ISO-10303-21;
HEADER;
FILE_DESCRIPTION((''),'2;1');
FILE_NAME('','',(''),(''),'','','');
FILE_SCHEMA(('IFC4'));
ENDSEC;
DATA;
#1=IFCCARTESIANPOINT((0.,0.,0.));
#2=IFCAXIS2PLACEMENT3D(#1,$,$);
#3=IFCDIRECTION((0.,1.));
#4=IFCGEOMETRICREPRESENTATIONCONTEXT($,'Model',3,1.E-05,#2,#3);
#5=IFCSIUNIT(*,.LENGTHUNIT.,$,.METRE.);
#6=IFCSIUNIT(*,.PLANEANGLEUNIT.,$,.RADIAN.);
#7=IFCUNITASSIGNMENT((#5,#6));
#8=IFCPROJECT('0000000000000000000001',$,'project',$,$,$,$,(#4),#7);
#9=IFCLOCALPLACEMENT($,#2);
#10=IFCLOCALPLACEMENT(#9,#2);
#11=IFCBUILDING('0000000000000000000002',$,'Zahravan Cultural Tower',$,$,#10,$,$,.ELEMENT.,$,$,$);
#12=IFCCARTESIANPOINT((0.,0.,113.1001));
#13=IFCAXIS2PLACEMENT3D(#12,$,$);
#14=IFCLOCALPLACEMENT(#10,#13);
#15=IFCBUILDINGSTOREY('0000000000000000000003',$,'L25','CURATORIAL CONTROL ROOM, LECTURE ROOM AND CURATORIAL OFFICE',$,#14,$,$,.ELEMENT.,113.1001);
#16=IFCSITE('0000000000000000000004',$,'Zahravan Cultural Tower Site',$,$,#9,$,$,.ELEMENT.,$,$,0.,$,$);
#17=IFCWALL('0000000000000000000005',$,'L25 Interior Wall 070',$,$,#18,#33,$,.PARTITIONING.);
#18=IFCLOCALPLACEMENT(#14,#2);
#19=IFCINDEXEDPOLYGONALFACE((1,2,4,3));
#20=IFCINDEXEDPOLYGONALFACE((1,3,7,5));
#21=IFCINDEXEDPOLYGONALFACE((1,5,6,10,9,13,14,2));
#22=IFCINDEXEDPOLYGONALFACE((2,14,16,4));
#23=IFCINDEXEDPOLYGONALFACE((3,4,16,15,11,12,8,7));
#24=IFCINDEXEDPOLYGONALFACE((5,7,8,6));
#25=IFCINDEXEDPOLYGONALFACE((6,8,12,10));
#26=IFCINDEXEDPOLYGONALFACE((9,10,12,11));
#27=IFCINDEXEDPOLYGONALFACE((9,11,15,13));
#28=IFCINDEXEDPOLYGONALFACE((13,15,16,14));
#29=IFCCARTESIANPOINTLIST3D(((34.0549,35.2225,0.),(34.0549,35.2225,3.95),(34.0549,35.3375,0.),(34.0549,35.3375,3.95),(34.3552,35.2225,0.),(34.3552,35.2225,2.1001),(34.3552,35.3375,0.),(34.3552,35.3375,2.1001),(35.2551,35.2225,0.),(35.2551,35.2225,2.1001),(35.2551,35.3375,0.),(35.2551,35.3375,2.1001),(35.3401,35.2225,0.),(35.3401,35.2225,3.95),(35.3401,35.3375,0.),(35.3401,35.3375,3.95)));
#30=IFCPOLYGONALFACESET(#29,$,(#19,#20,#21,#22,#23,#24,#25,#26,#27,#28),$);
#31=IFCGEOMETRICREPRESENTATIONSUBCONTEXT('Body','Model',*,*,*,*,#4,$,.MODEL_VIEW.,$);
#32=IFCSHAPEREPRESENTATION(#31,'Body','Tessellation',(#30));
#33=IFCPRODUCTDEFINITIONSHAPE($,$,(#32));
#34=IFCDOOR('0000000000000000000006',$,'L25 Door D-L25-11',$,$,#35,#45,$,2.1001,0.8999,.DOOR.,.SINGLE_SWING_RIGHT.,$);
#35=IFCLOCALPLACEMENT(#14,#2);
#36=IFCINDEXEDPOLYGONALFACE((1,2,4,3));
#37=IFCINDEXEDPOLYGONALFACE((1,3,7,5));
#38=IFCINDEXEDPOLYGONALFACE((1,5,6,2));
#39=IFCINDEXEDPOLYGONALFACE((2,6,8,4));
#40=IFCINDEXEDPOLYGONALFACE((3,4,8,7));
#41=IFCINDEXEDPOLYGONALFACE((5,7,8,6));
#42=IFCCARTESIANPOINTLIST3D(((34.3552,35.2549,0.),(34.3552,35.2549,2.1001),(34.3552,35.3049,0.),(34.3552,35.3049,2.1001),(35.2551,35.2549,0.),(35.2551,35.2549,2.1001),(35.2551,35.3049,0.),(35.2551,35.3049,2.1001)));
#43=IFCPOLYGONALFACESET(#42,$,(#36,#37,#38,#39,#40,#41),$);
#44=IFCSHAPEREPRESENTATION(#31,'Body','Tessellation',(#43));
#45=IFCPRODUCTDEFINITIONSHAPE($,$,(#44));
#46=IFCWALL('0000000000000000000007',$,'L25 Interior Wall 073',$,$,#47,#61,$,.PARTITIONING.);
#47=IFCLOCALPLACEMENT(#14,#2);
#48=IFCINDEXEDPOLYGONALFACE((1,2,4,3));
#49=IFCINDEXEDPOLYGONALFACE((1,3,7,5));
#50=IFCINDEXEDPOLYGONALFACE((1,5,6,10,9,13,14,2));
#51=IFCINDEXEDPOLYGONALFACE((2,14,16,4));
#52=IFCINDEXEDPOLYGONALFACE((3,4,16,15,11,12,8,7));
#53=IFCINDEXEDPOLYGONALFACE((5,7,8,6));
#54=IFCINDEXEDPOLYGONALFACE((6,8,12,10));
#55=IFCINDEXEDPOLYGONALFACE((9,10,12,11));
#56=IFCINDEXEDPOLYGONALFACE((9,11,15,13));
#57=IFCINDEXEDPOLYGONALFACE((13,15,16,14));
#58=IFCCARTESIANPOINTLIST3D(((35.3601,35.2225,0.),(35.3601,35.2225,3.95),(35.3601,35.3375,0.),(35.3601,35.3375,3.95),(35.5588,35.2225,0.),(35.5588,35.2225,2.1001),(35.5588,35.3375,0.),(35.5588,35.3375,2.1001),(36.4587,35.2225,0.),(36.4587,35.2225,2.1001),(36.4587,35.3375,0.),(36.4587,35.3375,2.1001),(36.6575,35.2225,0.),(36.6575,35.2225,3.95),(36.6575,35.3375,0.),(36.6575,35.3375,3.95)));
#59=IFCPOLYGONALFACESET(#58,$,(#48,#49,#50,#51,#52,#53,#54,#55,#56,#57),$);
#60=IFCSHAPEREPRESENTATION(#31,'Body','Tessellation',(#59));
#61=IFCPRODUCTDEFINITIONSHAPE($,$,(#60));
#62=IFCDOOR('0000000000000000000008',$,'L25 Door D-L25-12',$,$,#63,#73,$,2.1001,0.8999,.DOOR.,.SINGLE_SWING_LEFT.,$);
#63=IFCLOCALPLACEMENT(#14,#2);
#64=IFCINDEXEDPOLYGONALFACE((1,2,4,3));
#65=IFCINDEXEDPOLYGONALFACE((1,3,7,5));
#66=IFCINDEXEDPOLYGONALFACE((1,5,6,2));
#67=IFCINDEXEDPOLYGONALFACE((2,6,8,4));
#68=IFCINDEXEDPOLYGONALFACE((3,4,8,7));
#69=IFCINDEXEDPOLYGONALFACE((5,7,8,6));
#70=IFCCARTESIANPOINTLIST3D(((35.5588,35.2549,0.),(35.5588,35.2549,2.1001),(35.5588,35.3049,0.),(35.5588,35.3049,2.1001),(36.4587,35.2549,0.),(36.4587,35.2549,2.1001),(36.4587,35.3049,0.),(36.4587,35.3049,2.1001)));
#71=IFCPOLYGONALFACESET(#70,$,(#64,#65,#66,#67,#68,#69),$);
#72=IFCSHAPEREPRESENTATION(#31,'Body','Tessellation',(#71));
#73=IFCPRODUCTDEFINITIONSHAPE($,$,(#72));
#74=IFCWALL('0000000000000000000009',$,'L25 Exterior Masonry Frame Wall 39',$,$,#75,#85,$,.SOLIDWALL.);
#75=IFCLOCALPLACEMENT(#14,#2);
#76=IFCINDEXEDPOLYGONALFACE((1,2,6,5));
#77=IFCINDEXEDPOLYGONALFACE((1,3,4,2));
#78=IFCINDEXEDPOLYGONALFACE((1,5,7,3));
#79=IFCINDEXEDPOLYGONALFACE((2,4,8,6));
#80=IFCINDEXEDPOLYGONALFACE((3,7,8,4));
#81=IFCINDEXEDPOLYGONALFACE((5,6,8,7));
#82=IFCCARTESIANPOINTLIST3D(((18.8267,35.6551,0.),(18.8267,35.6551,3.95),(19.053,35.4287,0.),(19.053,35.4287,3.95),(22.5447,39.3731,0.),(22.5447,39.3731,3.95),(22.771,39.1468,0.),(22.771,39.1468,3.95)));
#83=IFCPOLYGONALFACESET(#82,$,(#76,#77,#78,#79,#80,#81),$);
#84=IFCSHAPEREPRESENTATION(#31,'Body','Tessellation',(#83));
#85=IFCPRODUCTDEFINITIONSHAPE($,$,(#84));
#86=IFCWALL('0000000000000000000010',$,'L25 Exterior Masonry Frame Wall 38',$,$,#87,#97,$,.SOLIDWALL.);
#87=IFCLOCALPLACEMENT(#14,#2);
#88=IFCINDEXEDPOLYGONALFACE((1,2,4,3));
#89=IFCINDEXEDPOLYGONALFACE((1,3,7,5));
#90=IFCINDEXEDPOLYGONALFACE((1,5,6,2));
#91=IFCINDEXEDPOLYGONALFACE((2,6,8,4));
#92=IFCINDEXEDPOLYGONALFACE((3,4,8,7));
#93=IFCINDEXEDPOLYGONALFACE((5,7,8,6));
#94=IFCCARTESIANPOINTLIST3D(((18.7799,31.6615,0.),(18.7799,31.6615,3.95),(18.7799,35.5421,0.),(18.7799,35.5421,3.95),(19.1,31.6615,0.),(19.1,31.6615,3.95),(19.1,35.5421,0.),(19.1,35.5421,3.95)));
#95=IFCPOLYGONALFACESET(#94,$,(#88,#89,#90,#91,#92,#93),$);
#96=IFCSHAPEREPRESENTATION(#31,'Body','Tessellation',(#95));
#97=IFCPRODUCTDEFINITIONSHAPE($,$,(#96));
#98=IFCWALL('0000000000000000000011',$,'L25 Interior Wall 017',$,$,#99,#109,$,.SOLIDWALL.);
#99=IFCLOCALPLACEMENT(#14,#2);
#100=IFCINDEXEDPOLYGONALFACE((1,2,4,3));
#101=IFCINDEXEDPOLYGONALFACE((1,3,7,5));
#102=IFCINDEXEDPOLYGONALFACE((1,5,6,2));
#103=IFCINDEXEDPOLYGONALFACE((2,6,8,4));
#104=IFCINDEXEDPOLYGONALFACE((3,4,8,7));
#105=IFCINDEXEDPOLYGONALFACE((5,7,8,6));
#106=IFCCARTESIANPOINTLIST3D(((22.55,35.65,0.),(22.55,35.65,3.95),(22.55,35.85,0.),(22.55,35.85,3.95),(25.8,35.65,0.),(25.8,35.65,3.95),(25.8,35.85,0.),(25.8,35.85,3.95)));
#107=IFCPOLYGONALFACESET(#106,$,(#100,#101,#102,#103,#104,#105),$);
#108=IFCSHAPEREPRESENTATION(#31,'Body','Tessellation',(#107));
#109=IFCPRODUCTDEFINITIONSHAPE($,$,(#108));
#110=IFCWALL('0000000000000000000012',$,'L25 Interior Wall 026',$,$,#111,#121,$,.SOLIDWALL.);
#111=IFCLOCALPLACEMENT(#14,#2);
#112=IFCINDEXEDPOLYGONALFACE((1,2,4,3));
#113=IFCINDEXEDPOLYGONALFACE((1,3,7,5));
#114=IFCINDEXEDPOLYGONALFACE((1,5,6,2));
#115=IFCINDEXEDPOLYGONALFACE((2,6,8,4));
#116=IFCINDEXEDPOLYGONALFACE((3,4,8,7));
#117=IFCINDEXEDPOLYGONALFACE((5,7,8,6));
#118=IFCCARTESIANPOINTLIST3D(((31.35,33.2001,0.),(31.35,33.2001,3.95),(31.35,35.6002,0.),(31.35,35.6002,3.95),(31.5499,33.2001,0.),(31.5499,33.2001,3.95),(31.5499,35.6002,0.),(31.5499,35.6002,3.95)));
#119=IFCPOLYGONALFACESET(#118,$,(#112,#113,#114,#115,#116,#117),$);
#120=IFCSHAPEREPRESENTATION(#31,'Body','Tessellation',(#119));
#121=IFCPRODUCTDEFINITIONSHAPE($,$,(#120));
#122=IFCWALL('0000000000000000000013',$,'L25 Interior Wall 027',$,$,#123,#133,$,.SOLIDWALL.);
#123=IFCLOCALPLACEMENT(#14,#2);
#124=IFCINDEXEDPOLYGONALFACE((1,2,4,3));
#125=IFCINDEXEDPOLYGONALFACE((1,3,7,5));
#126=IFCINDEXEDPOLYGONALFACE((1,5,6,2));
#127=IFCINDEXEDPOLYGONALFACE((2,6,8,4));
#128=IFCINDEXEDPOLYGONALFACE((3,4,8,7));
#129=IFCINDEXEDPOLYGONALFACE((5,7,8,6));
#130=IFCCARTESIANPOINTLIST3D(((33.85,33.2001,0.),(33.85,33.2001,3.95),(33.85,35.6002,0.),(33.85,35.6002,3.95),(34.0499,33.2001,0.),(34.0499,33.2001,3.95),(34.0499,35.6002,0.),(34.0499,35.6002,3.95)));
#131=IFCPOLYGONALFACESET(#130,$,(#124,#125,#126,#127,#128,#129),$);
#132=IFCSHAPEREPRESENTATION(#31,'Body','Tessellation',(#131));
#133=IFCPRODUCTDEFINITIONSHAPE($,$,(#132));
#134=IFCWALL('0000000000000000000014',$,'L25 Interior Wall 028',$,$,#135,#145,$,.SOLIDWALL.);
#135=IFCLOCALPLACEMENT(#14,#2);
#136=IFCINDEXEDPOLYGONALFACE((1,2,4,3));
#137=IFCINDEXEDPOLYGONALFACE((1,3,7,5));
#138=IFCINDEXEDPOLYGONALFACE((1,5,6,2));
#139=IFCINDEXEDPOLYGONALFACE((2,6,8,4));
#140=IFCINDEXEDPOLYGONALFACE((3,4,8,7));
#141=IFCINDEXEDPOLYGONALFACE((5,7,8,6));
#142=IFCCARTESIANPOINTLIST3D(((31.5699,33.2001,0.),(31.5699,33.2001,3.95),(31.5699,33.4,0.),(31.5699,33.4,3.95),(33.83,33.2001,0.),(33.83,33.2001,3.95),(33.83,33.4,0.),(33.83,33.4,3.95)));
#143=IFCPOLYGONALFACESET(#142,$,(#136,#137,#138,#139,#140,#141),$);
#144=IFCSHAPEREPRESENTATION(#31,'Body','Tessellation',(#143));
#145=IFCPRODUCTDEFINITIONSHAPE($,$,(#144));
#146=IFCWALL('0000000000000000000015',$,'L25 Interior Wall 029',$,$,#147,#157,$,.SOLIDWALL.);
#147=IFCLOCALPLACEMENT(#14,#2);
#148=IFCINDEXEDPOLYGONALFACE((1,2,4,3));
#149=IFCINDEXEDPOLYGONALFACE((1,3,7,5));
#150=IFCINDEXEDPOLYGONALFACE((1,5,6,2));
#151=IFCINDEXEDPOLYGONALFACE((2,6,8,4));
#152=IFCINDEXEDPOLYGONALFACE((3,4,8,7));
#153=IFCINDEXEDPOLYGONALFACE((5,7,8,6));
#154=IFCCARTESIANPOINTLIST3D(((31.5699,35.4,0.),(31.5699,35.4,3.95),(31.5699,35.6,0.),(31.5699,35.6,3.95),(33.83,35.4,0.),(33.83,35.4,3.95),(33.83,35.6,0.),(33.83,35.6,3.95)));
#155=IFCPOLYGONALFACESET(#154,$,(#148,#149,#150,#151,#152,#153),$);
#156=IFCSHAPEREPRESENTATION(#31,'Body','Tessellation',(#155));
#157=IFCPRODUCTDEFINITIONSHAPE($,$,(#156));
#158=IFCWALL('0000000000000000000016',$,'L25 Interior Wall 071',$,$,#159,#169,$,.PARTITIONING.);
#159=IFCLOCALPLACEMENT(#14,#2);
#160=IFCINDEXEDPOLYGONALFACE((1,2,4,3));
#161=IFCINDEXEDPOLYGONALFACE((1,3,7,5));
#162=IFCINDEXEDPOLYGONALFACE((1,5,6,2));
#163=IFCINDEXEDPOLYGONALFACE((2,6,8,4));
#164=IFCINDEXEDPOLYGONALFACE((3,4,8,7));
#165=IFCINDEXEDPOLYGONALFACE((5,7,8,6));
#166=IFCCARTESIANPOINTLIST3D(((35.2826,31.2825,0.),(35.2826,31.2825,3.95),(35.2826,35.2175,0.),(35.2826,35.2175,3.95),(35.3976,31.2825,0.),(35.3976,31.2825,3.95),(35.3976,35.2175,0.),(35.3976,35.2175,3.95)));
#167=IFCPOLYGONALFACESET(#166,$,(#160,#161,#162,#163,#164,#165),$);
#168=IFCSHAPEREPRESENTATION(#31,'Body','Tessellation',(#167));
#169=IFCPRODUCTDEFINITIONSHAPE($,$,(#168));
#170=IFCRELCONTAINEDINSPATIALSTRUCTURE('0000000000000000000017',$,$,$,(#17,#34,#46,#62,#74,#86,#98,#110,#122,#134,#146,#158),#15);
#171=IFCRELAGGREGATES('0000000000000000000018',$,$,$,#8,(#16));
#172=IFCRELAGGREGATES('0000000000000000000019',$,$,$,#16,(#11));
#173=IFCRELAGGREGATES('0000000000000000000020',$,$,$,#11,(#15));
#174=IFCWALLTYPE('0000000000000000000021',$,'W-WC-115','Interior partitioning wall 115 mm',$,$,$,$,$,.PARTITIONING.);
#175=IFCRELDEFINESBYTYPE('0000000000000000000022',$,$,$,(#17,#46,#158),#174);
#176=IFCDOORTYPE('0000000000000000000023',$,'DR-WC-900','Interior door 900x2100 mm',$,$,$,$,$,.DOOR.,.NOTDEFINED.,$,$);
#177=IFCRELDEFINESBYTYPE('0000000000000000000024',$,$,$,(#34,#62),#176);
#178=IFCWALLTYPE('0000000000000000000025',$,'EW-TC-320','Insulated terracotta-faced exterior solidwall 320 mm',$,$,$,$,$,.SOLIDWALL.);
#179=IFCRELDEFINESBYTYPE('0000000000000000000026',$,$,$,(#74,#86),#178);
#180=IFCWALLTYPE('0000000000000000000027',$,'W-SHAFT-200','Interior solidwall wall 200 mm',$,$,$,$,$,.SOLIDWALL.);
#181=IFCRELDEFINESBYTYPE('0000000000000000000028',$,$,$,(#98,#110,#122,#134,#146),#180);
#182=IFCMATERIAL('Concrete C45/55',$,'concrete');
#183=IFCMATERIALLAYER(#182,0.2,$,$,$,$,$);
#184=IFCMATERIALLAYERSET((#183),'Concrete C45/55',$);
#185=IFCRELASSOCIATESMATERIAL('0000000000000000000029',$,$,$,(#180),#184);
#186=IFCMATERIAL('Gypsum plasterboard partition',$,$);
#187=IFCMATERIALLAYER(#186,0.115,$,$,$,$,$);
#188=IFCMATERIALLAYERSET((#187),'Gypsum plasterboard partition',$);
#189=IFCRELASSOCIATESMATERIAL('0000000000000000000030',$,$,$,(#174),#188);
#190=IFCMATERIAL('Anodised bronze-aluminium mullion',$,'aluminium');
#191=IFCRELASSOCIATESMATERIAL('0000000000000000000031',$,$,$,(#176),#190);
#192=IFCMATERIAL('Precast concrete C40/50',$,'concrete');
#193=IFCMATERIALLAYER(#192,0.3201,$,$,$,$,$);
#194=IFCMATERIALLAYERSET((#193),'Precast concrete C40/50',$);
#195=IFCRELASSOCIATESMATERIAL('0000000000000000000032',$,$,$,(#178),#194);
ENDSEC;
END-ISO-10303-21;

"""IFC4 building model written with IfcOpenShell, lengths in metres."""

from ifc_helpers import new_model, si_unit, direction, frame, frame_2d, origin, place, context, subcontext, project, spatial, rectangle, extrude, source, transform, mapped, material, layer, layer_set, type_object, element, fill, save


model = new_model("IFC4")

# Units and contexts
model_context = context("Model", 3, precision=1e-05, world=origin(), true_north=direction((0.0, 1.0)))
body_context = subcontext(model_context, "Body", "Model", "MODEL_VIEW")
ifc_project = project(units=[si_unit("LENGTHUNIT", "METRE"), si_unit("PLANEANGLEUNIT", "RADIAN")], contexts=[model_context])

# Site, building, storey
site_placement = place(None, origin())
site = spatial("IfcSite", under=ifc_project, at=site_placement, Name="Zahravan Cultural Tower Site", CompositionType="ELEMENT", RefElevation=0.0)
building_placement = place(site_placement, origin())
building = spatial("IfcBuilding", under=site, at=building_placement, Name="Zahravan Cultural Tower", CompositionType="ELEMENT")
storey_placement = place(building_placement, frame((0.0, 0.0, 113.1001)))
storey = spatial("IfcBuildingStorey", under=building, at=storey_placement, Name="L25", Description="CURATORIAL CONTROL ROOM, LECTURE ROOM AND CURATORIAL OFFICE", CompositionType="ELEMENT", Elevation=113.1001)

# Walls, openings, doors
ifc_material_1 = material(Name="Gypsum plasterboard partition")
ifc_material_2 = material(Name="Anodised bronze-aluminium mullion", Category="aluminium")
ifc_material_3 = material(Name="Concrete C45/55", Category="concrete")
ifc_layer_1 = layer(ifc_material_3, 0.2)
ifc_layer_set_1 = layer_set([ifc_layer_1], Name="Concrete C45/55")
wall_type_1 = type_object("IfcWallType", Name="W-SHAFT-200", Description="Interior solidwall wall 200 mm", PredefinedType="SOLIDWALL", material=ifc_layer_set_1)
ifc_layer_2 = layer(ifc_material_1, 0.115)
ifc_layer_set_2 = layer_set([ifc_layer_2], Name="Gypsum plasterboard partition")
wall_type_2 = type_object("IfcWallType", Name="W-WC-115", Description="Interior partitioning wall 115 mm", PredefinedType="PARTITIONING", material=ifc_layer_set_2)
wall_1_placement = place(storey_placement, frame((34.0549, 35.28, 0.0), z_axis=(0.0, 0.0, 1.0), x_axis=(1.0, 0.0, 0.0)))
wall_1 = element("IfcWall", 1, at=wall_1_placement, inside=storey, type_object=wall_type_2, Name="L25 Interior Wall 070", PredefinedType="PARTITIONING", context=body_context, shape_type="SweptSolid", body=[
    extrude(rectangle(XDim=1.2852, YDim=0.115, at=frame_2d((0.6426, 0.0))), origin(), (0.0, 0.0, 1.0), 3.95),
])
opening_1_placement = place(wall_1_placement, frame((0.3003, 0.0, 0.0)))
opening_1 = element("IfcOpeningElement", 2, at=opening_1_placement, cuts=wall_1, PredefinedType="OPENING", context=body_context, shape_type="SweptSolid", body=[
    extrude(rectangle(XDim=0.8999, YDim=2.1001, at=frame_2d((0.45, 1.05))), frame((0.0, 0.0674, 0.0), z_axis=(0.0, -1.0, 0.0), x_axis=(1.0, 0.0, 0.0)), (0.0, 0.0, 1.0), 0.135),
])
door_type_1 = type_object("IfcDoorType", Name="DR-WC-900", Description="Interior door 900x2100 mm", OperationType="NOTDEFINED", PredefinedType="DOOR", material=ifc_material_2)
shared_shape_1 = source(origin(), body_context, "Body", "SweptSolid", [
    extrude(rectangle(XDim=0.8999, YDim=2.1001, at=frame_2d((0.45, 1.05))), frame((0.0, 0.0249, 0.0), z_axis=(0.0, -1.0, 0.0), x_axis=(1.0, 0.0, 0.0)), (0.0, 0.0, 1.0), 0.05),
])
door_1_placement = place(opening_1_placement, origin())
door_1 = element("IfcDoor", 3, at=door_1_placement, inside=storey, type_object=door_type_1, Name="L25 Door D-L25-11", OperationType="SINGLE_SWING_RIGHT", OverallHeight=2.1001, OverallWidth=0.8999, PredefinedType="DOOR", context=body_context, shape_type="MappedRepresentation", body=[
    mapped(shared_shape_1, transform((0.0, 0.0, 0.0), x_axis=(1.0, 0.0, 0.0), y_axis=(0.0, 1.0, 0.0), z_axis=(0.0, 0.0, 1.0), scale=1.0)),
])
fill(opening_1, door_1)
wall_2_placement = place(storey_placement, frame((35.3601, 35.28, 0.0), z_axis=(0.0, 0.0, 1.0), x_axis=(1.0, 0.0, 0.0)))
wall_2 = element("IfcWall", 4, at=wall_2_placement, inside=storey, type_object=wall_type_2, Name="L25 Interior Wall 073", PredefinedType="PARTITIONING", context=body_context, shape_type="SweptSolid", body=[
    extrude(rectangle(XDim=1.2974, YDim=0.115, at=frame_2d((0.6487, 0.0))), origin(), (0.0, 0.0, 1.0), 3.95),
])
opening_2_placement = place(wall_2_placement, frame((0.1987, 0.0, 0.0)))
opening_2 = element("IfcOpeningElement", 5, at=opening_2_placement, cuts=wall_2, PredefinedType="OPENING", context=body_context, shape_type="SweptSolid", body=[
    extrude(rectangle(XDim=0.8999, YDim=2.1001, at=frame_2d((0.45, 1.05))), frame((0.0, 0.0674, 0.0), z_axis=(0.0, -1.0, 0.0), x_axis=(1.0, 0.0, 0.0)), (0.0, 0.0, 1.0), 0.135),
])
door_2_placement = place(opening_2_placement, origin())
door_2 = element("IfcDoor", 6, at=door_2_placement, inside=storey, type_object=door_type_1, Name="L25 Door D-L25-12", OperationType="SINGLE_SWING_LEFT", OverallHeight=2.1001, OverallWidth=0.8999, PredefinedType="DOOR", context=body_context, shape_type="MappedRepresentation", body=[
    mapped(shared_shape_1, transform((0.0, 0.0, 0.0), x_axis=(1.0, 0.0, 0.0), y_axis=(0.0, 1.0, 0.0), z_axis=(0.0, 0.0, 1.0), scale=1.0)),
])
fill(opening_2, door_2)

# Walls
ifc_material_4 = material(Name="Precast concrete C40/50", Category="concrete")
ifc_layer_3 = layer(ifc_material_4, 0.3201)
ifc_layer_set_3 = layer_set([ifc_layer_3], Name="Precast concrete C40/50")
wall_type_3 = type_object("IfcWallType", Name="EW-TC-320", Description="Insulated terracotta-faced exterior solidwall 320 mm", PredefinedType="SOLIDWALL", material=ifc_layer_set_3)
shared_shape_2 = source(origin(), body_context, "Body", "SweptSolid", [
    extrude(rectangle(XDim=5.2581, YDim=0.3201, at=frame_2d((2.6289, 0.0))), origin(), (0.0, 0.0, 1.0), 3.95),
])
wall_3_placement = place(storey_placement, frame((18.9399, 35.542, 0.0), z_axis=(0.0, 0.0, 1.0), x_axis=(0.707107, 0.707107, 0.0)))
element("IfcWall", 7, at=wall_3_placement, inside=storey, type_object=wall_type_3, Name="L25 Exterior Masonry Frame Wall 39", PredefinedType="SOLIDWALL", context=body_context, shape_type="MappedRepresentation", body=[
    mapped(shared_shape_2, transform((0.0, 0.0, 0.0), x_axis=(1.0, 0.0, 0.0), y_axis=(0.0, 1.0, 0.0), z_axis=(0.0, 0.0, 1.0), scale=1.0)),
])
shared_shape_3 = source(origin(), body_context, "Body", "SweptSolid", [
    extrude(rectangle(XDim=3.8806, YDim=0.3201, at=frame_2d((1.9404, 0.0))), origin(), (0.0, 0.0, 1.0), 3.95),
])
wall_4_placement = place(storey_placement, frame((18.9399, 31.6614, 0.0), z_axis=(0.0, 0.0, 1.0), x_axis=(0.0, 1.0, 0.0)))
element("IfcWall", 8, at=wall_4_placement, inside=storey, type_object=wall_type_3, Name="L25 Exterior Masonry Frame Wall 38", PredefinedType="SOLIDWALL", context=body_context, shape_type="MappedRepresentation", body=[
    mapped(shared_shape_3, transform((0.0, 0.0, 0.0), x_axis=(1.0, 0.0, 0.0), y_axis=(0.0, 1.0, 0.0), z_axis=(0.0, 0.0, 1.0), scale=1.0)),
])
shared_shape_4 = source(origin(), body_context, "Body", "SweptSolid", [
    extrude(rectangle(XDim=3.25, YDim=0.2, at=frame_2d((1.625, 0.0))), origin(), (0.0, 0.0, 1.0), 3.95),
])
wall_5_placement = place(storey_placement, frame((22.55, 35.75, 0.0), z_axis=(0.0, 0.0, 1.0), x_axis=(1.0, 0.0, 0.0)))
element("IfcWall", 9, at=wall_5_placement, inside=storey, type_object=wall_type_1, Name="L25 Interior Wall 017", PredefinedType="SOLIDWALL", context=body_context, shape_type="MappedRepresentation", body=[
    mapped(shared_shape_4, transform((0.0, 0.0, 0.0), x_axis=(1.0, 0.0, 0.0), y_axis=(0.0, 1.0, 0.0), z_axis=(0.0, 0.0, 1.0), scale=1.0)),
])
shared_shape_5 = source(origin(), body_context, "Body", "SweptSolid", [
    extrude(rectangle(XDim=2.4001, YDim=0.2, at=frame_2d((1.2002, 0.0))), origin(), (0.0, 0.0, 1.0), 3.95),
])
for number, where, z_axis, x_axis, name in (
    (10, (31.45, 33.2, 0.0), (0.0, 0.0, 1.0), (0.0, 1.0, 0.0), "L25 Interior Wall 026"),
    (11, (33.95, 33.2, 0.0), (0.0, 0.0, 1.0), (0.0, 1.0, 0.0), "L25 Interior Wall 027"),
):
    element("IfcWall", number, at=place(storey_placement, frame(where, z_axis=z_axis, x_axis=x_axis)), inside=storey, type_object=wall_type_1, Name=name, PredefinedType="SOLIDWALL", context=body_context, shape_type="MappedRepresentation", body=[
        mapped(shared_shape_5, transform((0.0, 0.0, 0.0), x_axis=(1.0, 0.0, 0.0), y_axis=(0.0, 1.0, 0.0), z_axis=(0.0, 0.0, 1.0), scale=1.0)),
    ])
shared_shape_6 = source(origin(), body_context, "Body", "SweptSolid", [
    extrude(rectangle(XDim=2.26, YDim=0.2, at=frame_2d((1.1299, 0.0))), origin(), (0.0, 0.0, 1.0), 3.95),
])
for number, where, z_axis, x_axis, name in (
    (12, (31.5701, 33.3, 0.0), (0.0, 0.0, 1.0), (1.0, 0.0, 0.0), "L25 Interior Wall 028"),
    (13, (31.5701, 35.5, 0.0), (0.0, 0.0, 1.0), (1.0, 0.0, 0.0), "L25 Interior Wall 029"),
):
    element("IfcWall", number, at=place(storey_placement, frame(where, z_axis=z_axis, x_axis=x_axis)), inside=storey, type_object=wall_type_1, Name=name, PredefinedType="SOLIDWALL", context=body_context, shape_type="MappedRepresentation", body=[
        mapped(shared_shape_6, transform((0.0, 0.0, 0.0), x_axis=(1.0, 0.0, 0.0), y_axis=(0.0, 1.0, 0.0), z_axis=(0.0, 0.0, 1.0), scale=1.0)),
    ])
shared_shape_7 = source(origin(), body_context, "Body", "SweptSolid", [
    extrude(rectangle(XDim=3.9351, YDim=0.115, at=frame_2d((1.9675, 0.0))), origin(), (0.0, 0.0, 1.0), 3.95),
])
wall_6_placement = place(storey_placement, frame((35.3401, 35.2175, 0.0), z_axis=(0.0, 0.0, 1.0), x_axis=(0.0, -1.0, 0.0)))
element("IfcWall", 14, at=wall_6_placement, inside=storey, type_object=wall_type_2, Name="L25 Interior Wall 071", PredefinedType="PARTITIONING", context=body_context, shape_type="MappedRepresentation", body=[
    mapped(shared_shape_7, transform((0.0, 0.0, 0.0), x_axis=(1.0, 0.0, 0.0), y_axis=(0.0, 1.0, 0.0), z_axis=(0.0, 0.0, 1.0), scale=1.0)),
])

save(model, "model.ifc")
